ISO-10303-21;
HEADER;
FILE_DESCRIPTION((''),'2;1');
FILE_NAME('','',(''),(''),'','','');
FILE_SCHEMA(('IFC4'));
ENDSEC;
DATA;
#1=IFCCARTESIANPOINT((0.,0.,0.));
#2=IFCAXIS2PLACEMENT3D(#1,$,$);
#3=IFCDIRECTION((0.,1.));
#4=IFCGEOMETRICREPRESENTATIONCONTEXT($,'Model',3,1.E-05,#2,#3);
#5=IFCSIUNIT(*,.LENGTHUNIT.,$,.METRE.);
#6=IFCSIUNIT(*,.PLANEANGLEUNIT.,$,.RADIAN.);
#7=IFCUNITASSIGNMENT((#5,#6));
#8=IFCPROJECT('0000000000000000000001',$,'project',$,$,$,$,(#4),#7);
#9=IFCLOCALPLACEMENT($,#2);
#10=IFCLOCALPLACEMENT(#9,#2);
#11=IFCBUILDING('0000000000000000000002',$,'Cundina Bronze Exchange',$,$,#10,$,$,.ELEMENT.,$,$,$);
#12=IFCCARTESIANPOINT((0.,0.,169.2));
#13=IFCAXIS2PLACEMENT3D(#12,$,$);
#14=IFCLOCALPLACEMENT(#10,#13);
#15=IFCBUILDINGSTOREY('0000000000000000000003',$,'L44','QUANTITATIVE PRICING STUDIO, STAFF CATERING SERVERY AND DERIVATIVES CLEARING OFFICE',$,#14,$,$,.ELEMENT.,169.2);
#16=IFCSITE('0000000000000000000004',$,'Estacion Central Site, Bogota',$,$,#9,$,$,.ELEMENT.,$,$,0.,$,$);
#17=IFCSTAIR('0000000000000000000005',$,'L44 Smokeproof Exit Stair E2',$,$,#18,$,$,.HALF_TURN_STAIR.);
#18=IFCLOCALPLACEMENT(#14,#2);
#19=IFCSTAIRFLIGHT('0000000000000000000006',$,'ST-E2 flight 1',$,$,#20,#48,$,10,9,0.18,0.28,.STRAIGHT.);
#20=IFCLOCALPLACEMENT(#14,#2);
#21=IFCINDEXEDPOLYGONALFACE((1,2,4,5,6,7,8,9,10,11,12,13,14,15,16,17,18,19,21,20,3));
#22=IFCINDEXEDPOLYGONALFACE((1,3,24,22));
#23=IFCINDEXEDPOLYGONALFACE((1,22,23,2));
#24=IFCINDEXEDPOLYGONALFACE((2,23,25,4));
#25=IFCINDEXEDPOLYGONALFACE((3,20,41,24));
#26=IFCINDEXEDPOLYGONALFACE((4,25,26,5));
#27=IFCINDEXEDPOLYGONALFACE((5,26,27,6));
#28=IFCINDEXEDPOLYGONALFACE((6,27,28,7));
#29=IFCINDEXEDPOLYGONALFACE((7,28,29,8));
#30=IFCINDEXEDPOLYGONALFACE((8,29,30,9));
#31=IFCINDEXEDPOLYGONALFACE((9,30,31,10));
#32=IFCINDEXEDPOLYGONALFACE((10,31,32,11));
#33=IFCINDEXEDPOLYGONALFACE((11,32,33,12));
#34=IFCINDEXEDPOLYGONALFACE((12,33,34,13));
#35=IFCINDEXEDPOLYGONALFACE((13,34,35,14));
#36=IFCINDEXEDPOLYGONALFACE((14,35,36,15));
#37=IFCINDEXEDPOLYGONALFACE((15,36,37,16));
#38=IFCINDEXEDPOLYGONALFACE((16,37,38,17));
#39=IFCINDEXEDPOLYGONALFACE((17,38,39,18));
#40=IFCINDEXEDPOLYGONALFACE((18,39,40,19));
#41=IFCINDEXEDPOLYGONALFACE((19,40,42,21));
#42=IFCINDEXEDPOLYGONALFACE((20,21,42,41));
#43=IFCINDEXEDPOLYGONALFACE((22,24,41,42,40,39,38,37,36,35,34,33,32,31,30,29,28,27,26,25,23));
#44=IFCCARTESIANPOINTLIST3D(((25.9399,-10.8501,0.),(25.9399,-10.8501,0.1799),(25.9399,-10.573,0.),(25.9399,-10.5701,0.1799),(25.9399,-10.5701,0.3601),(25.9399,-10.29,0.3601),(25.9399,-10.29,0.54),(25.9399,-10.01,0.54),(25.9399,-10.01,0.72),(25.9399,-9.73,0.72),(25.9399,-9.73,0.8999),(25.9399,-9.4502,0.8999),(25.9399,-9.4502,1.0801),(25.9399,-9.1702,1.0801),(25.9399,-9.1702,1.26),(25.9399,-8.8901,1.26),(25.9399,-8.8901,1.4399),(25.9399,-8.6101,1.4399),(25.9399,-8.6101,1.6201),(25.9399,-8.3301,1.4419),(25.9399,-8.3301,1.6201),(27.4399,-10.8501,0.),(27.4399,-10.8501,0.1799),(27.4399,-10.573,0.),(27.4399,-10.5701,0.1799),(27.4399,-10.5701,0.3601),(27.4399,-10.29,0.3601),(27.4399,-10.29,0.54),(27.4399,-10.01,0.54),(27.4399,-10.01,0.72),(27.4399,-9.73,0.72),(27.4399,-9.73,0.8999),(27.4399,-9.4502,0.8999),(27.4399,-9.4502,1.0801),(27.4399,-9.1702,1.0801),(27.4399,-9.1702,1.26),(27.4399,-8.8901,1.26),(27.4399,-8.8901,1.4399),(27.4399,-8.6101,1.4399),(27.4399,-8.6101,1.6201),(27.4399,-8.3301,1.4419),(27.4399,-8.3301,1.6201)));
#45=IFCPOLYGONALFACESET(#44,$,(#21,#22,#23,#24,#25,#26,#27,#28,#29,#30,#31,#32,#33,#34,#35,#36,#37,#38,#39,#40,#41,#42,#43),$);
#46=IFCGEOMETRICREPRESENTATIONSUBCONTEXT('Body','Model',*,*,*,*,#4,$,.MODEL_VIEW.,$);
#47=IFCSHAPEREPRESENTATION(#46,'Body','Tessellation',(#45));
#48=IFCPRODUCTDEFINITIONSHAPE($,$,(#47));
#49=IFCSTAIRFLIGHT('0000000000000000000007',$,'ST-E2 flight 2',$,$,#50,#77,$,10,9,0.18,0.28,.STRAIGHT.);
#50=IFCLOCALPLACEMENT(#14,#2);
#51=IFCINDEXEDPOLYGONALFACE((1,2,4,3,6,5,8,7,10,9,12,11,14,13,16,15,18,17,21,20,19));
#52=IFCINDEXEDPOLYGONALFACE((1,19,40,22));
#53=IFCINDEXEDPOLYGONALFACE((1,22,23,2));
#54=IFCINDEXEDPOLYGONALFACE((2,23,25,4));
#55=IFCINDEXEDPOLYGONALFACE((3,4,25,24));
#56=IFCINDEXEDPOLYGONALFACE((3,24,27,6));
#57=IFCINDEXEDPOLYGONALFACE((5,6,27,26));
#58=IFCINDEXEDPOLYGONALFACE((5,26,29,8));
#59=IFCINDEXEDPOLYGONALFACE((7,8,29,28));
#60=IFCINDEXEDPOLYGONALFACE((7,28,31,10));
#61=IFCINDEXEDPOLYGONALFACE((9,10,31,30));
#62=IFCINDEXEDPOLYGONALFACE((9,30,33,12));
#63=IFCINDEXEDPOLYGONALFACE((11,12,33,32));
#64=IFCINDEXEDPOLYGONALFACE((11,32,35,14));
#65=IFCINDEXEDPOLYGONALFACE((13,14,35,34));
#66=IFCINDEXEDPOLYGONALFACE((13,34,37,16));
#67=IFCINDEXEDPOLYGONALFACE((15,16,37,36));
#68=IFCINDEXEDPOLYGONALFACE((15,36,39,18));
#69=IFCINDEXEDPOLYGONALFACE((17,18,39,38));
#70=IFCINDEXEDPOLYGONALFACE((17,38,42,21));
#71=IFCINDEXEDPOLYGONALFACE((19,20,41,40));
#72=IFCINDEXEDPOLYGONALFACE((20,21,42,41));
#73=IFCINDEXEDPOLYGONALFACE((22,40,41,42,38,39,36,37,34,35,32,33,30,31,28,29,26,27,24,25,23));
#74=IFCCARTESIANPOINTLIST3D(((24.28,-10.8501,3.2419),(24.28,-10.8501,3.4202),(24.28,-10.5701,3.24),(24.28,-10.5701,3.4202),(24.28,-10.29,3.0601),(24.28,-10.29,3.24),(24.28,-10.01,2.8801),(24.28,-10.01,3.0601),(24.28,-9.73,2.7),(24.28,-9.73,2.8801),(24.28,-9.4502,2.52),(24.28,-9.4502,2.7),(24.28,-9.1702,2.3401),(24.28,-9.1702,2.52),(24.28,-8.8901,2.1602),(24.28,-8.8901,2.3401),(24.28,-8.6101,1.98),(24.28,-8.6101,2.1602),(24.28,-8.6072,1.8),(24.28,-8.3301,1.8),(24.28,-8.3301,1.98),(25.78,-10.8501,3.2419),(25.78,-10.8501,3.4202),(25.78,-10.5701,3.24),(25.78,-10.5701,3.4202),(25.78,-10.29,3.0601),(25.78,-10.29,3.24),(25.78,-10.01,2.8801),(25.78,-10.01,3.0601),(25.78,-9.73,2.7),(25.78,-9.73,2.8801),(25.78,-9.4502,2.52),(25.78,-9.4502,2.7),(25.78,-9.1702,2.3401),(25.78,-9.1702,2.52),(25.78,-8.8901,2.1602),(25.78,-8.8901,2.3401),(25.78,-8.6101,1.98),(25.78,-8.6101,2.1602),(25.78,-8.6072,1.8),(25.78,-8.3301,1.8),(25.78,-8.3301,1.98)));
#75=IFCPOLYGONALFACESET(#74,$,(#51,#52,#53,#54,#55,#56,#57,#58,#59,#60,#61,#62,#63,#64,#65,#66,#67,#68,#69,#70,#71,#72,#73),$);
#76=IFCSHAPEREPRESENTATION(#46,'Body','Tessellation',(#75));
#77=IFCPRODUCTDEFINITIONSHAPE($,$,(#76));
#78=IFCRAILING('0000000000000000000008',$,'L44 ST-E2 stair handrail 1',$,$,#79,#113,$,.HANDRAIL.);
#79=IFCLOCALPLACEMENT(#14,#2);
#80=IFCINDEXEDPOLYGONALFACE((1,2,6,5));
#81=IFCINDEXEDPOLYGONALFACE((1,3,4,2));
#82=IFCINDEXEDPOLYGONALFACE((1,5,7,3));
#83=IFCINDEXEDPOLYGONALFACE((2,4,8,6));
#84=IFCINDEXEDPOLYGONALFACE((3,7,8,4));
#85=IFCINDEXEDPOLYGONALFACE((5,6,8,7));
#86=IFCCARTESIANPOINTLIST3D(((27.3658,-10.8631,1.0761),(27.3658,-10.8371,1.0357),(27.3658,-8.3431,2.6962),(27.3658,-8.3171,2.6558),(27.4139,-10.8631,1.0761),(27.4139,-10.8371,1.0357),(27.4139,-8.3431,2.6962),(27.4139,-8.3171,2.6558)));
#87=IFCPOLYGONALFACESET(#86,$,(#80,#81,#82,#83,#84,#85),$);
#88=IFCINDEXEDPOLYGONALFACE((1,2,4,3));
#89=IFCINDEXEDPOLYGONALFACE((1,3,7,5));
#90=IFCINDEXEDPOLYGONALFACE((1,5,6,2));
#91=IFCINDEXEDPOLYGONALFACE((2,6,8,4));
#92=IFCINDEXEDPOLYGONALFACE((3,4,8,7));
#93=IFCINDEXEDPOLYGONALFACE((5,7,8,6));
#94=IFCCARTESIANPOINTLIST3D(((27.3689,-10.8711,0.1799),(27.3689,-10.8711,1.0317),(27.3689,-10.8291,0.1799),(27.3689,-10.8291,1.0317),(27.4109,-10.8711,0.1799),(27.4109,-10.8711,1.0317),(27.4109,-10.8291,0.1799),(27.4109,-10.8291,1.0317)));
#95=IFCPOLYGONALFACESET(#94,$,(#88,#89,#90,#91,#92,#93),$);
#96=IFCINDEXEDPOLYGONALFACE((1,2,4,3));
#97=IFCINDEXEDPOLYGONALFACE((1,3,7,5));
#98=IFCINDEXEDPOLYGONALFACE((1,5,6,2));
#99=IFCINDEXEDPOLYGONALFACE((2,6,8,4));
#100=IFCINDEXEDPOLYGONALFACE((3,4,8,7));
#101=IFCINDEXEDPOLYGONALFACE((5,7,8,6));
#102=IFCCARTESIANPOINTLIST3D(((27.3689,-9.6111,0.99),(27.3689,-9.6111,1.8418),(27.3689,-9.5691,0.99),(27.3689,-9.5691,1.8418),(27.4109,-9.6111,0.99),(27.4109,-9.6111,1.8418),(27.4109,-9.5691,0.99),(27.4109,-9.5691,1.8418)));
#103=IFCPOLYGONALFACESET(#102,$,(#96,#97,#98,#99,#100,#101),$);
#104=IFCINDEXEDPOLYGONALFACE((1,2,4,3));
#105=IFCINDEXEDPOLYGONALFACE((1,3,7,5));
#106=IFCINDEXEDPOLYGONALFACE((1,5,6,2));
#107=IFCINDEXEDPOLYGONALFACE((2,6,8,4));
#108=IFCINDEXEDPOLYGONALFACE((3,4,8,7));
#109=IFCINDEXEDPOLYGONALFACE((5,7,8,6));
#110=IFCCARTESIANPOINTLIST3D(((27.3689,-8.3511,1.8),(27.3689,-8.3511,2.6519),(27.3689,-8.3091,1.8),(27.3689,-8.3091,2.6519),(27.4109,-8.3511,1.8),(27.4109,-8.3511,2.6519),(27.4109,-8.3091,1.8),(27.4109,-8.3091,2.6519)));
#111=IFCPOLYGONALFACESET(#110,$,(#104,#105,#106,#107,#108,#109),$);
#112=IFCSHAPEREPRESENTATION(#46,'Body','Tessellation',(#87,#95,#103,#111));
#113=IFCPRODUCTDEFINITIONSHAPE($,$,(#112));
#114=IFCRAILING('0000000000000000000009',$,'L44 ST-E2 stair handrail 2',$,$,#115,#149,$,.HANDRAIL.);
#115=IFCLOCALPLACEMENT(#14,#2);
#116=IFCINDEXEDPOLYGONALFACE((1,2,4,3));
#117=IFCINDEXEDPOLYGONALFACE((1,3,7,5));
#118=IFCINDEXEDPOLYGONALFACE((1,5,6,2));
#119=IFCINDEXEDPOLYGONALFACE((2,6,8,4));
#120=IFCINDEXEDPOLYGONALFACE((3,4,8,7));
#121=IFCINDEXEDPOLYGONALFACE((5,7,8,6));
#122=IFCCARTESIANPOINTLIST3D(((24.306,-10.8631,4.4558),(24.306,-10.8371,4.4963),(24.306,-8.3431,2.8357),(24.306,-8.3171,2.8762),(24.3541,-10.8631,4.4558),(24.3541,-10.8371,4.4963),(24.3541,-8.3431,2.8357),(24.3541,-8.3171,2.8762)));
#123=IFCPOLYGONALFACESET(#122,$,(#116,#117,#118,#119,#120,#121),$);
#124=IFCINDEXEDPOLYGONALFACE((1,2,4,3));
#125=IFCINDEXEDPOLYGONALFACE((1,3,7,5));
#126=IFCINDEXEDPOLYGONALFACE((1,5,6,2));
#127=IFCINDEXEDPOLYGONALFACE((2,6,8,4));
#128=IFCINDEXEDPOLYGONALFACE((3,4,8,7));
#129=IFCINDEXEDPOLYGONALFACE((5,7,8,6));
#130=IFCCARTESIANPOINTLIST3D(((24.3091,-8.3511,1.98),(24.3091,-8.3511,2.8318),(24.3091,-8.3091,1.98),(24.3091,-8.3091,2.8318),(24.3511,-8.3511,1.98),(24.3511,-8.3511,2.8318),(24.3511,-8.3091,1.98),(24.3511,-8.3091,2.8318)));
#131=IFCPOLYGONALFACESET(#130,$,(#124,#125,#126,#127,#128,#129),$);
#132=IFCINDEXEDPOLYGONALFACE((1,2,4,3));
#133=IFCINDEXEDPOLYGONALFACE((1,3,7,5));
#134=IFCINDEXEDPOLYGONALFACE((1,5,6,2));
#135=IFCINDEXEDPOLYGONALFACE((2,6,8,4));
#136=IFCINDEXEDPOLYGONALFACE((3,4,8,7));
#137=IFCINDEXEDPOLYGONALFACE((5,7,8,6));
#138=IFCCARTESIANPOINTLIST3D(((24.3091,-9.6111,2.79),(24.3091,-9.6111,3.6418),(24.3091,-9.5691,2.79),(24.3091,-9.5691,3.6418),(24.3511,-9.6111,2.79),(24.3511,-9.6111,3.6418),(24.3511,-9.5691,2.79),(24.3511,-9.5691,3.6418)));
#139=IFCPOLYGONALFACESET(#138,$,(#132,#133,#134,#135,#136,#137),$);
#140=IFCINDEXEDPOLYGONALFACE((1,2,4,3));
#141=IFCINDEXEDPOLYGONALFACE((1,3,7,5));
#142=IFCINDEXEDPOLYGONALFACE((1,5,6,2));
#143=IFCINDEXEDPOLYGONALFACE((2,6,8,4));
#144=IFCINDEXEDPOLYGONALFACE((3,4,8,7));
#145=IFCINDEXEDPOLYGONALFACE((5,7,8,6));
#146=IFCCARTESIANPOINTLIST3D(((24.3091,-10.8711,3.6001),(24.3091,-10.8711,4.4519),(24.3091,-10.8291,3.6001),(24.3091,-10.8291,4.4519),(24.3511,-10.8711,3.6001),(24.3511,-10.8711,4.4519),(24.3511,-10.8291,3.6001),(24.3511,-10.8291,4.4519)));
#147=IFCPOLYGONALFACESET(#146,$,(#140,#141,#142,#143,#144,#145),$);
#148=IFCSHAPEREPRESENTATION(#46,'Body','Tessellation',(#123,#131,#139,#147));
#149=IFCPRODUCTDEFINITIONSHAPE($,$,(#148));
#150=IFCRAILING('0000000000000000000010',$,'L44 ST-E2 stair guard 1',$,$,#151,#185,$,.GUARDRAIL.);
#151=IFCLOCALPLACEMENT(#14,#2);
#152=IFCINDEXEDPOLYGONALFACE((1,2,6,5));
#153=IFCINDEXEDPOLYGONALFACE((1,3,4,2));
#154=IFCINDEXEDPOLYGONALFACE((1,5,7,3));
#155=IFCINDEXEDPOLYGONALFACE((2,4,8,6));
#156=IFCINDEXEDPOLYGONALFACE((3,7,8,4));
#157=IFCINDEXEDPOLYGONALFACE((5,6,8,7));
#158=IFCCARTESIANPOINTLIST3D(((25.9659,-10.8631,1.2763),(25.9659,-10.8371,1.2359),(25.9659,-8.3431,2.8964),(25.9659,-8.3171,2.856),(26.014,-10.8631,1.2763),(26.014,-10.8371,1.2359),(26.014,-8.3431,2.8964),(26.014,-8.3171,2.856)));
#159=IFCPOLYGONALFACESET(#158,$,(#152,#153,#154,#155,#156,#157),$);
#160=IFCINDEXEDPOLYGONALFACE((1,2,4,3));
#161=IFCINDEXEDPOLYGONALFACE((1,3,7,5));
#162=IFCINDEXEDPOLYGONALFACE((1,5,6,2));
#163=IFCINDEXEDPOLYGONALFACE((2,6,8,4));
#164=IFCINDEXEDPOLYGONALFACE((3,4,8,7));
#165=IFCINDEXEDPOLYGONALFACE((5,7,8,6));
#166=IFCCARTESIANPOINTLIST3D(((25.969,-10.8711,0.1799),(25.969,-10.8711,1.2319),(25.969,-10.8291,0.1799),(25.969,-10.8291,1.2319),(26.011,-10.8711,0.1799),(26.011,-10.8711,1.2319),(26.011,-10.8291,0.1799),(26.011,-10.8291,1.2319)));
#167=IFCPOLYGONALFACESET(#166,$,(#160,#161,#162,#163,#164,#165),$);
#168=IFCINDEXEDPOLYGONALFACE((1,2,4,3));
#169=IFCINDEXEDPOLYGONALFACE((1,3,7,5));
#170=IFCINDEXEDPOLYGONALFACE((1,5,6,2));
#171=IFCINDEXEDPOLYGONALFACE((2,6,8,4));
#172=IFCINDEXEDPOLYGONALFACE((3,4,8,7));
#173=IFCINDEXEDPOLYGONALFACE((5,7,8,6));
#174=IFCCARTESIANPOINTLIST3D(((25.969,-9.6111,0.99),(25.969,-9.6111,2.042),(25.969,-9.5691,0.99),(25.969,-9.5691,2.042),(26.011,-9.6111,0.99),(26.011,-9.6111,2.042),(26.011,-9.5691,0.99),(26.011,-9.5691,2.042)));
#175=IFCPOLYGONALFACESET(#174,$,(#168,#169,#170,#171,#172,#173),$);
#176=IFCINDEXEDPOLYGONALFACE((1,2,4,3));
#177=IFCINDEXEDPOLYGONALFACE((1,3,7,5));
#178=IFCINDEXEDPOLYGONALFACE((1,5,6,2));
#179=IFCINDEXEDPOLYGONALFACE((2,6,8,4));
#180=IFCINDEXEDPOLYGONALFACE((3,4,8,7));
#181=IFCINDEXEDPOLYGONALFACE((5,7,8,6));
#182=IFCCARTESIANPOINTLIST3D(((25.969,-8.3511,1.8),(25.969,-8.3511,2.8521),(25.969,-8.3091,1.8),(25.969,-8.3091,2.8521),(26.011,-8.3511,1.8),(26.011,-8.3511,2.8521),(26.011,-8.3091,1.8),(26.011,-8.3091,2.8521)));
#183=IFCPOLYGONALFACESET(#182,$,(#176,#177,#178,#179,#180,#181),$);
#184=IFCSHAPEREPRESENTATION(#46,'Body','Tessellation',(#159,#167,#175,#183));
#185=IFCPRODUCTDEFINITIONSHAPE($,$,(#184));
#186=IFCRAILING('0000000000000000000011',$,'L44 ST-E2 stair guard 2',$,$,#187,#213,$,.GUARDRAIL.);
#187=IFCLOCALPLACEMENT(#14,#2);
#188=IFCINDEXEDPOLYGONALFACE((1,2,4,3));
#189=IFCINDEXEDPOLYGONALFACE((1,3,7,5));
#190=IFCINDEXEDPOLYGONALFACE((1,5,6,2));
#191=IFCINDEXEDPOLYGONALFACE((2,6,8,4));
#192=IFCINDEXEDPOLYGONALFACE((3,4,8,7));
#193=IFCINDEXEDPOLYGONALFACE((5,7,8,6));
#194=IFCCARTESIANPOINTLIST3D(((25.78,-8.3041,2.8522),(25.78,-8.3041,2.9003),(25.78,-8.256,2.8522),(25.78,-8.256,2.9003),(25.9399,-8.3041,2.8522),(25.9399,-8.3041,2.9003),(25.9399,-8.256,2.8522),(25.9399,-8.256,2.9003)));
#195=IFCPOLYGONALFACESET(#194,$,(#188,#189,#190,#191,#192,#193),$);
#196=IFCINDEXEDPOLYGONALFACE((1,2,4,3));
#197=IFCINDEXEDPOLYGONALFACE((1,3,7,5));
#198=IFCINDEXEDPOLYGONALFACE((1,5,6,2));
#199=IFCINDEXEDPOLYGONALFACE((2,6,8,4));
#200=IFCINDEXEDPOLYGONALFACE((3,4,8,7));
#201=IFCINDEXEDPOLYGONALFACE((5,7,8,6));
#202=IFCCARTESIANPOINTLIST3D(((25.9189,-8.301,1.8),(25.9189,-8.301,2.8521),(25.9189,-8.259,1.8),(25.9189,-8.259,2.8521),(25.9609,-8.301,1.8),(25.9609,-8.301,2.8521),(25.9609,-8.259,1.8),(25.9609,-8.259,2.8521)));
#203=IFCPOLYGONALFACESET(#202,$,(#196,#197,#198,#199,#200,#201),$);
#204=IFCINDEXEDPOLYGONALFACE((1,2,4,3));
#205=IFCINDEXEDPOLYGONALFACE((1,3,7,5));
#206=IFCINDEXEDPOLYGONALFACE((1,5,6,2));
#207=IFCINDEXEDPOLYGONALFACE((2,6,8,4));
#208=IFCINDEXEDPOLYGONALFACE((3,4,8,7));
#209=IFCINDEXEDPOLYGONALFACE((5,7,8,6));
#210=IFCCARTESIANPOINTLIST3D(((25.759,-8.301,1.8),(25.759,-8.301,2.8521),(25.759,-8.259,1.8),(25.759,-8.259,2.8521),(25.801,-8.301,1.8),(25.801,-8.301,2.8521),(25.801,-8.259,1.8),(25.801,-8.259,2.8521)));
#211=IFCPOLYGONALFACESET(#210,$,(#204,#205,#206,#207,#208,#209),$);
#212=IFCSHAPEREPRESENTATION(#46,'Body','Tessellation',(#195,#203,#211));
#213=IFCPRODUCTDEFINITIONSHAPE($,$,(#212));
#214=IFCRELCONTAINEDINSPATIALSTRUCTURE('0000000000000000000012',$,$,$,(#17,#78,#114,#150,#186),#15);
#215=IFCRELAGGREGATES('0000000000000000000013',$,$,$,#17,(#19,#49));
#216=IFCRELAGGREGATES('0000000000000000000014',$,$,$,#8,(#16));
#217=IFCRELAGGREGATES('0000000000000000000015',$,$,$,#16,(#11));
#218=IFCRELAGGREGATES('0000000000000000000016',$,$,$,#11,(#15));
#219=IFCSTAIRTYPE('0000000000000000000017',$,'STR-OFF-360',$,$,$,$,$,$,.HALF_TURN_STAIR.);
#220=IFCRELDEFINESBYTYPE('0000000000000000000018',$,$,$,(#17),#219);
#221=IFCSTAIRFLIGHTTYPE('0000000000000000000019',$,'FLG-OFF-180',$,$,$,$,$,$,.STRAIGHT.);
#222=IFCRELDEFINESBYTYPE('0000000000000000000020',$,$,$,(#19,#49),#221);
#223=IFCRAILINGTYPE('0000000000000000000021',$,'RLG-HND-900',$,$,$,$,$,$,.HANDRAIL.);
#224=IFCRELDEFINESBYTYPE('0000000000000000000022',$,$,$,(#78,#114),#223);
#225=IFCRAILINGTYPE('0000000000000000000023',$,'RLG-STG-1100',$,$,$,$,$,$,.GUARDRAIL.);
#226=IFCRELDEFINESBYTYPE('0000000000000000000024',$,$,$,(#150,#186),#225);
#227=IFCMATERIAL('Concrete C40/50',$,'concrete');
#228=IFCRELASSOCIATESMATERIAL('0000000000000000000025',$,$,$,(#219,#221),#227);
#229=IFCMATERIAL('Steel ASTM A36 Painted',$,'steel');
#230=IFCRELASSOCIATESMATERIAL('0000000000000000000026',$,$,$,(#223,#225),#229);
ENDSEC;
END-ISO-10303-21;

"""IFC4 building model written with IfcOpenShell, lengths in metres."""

from ifc_helpers import new_model, si_unit, direction, frame, origin, origin_2d, place, context, subcontext, project, spatial, polyline, rectangle, outline, extrude, material, type_object, element, aggregate, save


model = new_model("IFC4")

# Units and contexts
model_context = context("Model", 3, precision=1e-05, world=origin(), true_north=direction((0.0, 1.0)))
body_context = subcontext(model_context, "Body", "Model", "MODEL_VIEW")
ifc_project = project(units=[si_unit("LENGTHUNIT", "METRE"), si_unit("PLANEANGLEUNIT", "RADIAN")], contexts=[model_context])

# Site, building, storey
site_placement = place(None, origin())
site = spatial("IfcSite", under=ifc_project, at=site_placement, Name="Estacion Central Site, Bogota", CompositionType="ELEMENT", RefElevation=0.0)
building_placement = place(site_placement, origin())
building = spatial("IfcBuilding", under=site, at=building_placement, Name="Cundina Bronze Exchange", CompositionType="ELEMENT")
storey_placement = place(building_placement, frame((0.0, 0.0, 169.2)))
storey = spatial("IfcBuildingStorey", under=building, at=storey_placement, Name="L44", Description="QUANTITATIVE PRICING STUDIO, STAFF CATERING SERVERY AND DERIVATIVES CLEARING OFFICE", CompositionType="ELEMENT", Elevation=169.2)

# Shared definitions
ifc_material_1 = material(Name="Steel ASTM A36 Painted", Category="steel")

# Stair, stair flights
ifc_material_2 = material(Name="Concrete C40/50", Category="concrete")
stair_type = type_object("IfcStairType", Name="STR-OFF-360", PredefinedType="HALF_TURN_STAIR", material=ifc_material_2)
stair_placement = place(storey_placement, origin())
stair = element("IfcStair", 1, at=stair_placement, inside=storey, type_object=stair_type, Name="L44 Smokeproof Exit Stair E2", PredefinedType="HALF_TURN_STAIR")
stair_flight_type = type_object("IfcStairFlightType", Name="FLG-OFF-180", PredefinedType="STRAIGHT", material=ifc_material_2)
stair_flight_1_placement = place(storey_placement, frame((26.6899, -10.8501, 0.0), z_axis=(0.0, 0.0, 1.0), x_axis=(0.0, 1.0, 0.0)))
stair_flight_1 = element("IfcStairFlight", 2, at=stair_flight_1_placement, type_object=stair_flight_type, Name="ST-E2 flight 1", NumberOfRisers=10, NumberOfTreads=9, PredefinedType="STRAIGHT", RiserHeight=0.18, TreadLength=0.28, context=body_context, shape_type="SweptSolid", body=[
    extrude(outline(polyline([(0.0, 0.0), (0.0, 0.1799), (0.28, 0.1799), (0.28, 0.3601), (0.5601, 0.3601), (0.5601, 0.54), (0.8401, 0.54), (0.8401, 0.72), (1.1201, 0.72), (1.1201, 0.8999), (1.3999, 0.8999), (1.3999, 1.0801), (1.6799, 1.0801), (1.6799, 1.26), (1.96, 1.26), (1.96, 1.4399), (2.24, 1.4399), (2.24, 1.6201), (2.52, 1.6201), (2.52, 1.8), (2.52, 1.4419), (0.2771, 0.0), (0.0, 0.0)])), frame((0.0, 0.75, 0.0), z_axis=(0.0, -1.0, 0.0), x_axis=(1.0, 0.0, 0.0)), (0.0, 0.0, 1.0), 1.5),
])
stair_flight_2_placement = place(storey_placement, frame((25.03, -8.3301, 1.8), z_axis=(0.0, 0.0, 1.0), x_axis=(0.0, -1.0, 0.0)))
stair_flight_2 = element("IfcStairFlight", 3, at=stair_flight_2_placement, type_object=stair_flight_type, Name="ST-E2 flight 2", NumberOfRisers=10, NumberOfTreads=9, PredefinedType="STRAIGHT", RiserHeight=0.18, TreadLength=0.28, context=body_context, shape_type="SweptSolid", body=[
    extrude(outline(polyline([(0.0, 0.0), (0.0, 0.1799), (0.28, 0.1799), (0.28, 0.3601), (0.5601, 0.3601), (0.5601, 0.54), (0.8401, 0.54), (0.8401, 0.72), (1.1201, 0.72), (1.1201, 0.8999), (1.3999, 0.8999), (1.3999, 1.0801), (1.6799, 1.0801), (1.6799, 1.26), (1.96, 1.26), (1.96, 1.4399), (2.24, 1.4399), (2.24, 1.6201), (2.52, 1.6201), (2.52, 1.8), (2.52, 1.4419), (0.2771, 0.0), (0.0, 0.0)])), frame((0.0, 0.75, 0.0), z_axis=(0.0, -1.0, 0.0), x_axis=(1.0, 0.0, 0.0)), (0.0, 0.0, 1.0), 1.5),
])
aggregate(stair, [stair_flight_1, stair_flight_2])

# Railings
railing_type_1 = type_object("IfcRailingType", Name="RLG-HND-900", PredefinedType="HANDRAIL", material=ifc_material_1)
railing_1_placement = place(storey_placement, frame((27.3899, -10.8501, 0.1799)))
element("IfcRailing", 4, at=railing_1_placement, inside=storey, type_object=railing_type_1, Name="L44 ST-E2 stair handrail 1", PredefinedType="HANDRAIL", context=body_context, shape_type="SweptSolid", body=[
    extrude(rectangle(XDim=0.0481, YDim=0.0481, at=origin_2d()), frame((0.0, 0.0, 0.876), z_axis=(0.0, 0.841163, 0.540782), x_axis=(-1.0, 0.0, 0.0)), (0.0, 0.0, 1.0), 2.9958),
    extrude(rectangle(XDim=0.042, YDim=0.042, at=origin_2d()), origin(), (0.0, 0.0, 1.0), 0.8518),
    extrude(rectangle(XDim=0.042, YDim=0.042, at=origin_2d()), frame((0.0, 1.26, 0.8101)), (0.0, 0.0, 1.0), 0.8518),
    extrude(rectangle(XDim=0.042, YDim=0.042, at=origin_2d()), frame((0.0, 2.52, 1.6201)), (0.0, 0.0, 1.0), 0.8518),
])
railing_2_placement = place(storey_placement, frame((24.3301, -8.3301, 1.98)))
element("IfcRailing", 5, at=railing_2_placement, inside=storey, type_object=railing_type_1, Name="L44 ST-E2 stair handrail 2", PredefinedType="HANDRAIL", context=body_context, shape_type="SweptSolid", body=[
    extrude(rectangle(XDim=0.0481, YDim=0.0481, at=origin_2d()), frame((0.0, 0.0, 0.876), z_axis=(0.0, -0.841163, 0.540782), x_axis=(1.0, 0.0, 0.0)), (0.0, 0.0, 1.0), 2.9958),
    extrude(rectangle(XDim=0.042, YDim=0.042, at=origin_2d()), origin(), (0.0, 0.0, 1.0), 0.8518),
    extrude(rectangle(XDim=0.042, YDim=0.042, at=origin_2d()), frame((0.0, -1.26, 0.8101)), (0.0, 0.0, 1.0), 0.8518),
    extrude(rectangle(XDim=0.042, YDim=0.042, at=origin_2d()), frame((0.0, -2.52, 1.6201)), (0.0, 0.0, 1.0), 0.8518),
])
railing_type_2 = type_object("IfcRailingType", Name="RLG-STG-1100", PredefinedType="GUARDRAIL", material=ifc_material_1)
railing_3_placement = place(storey_placement, frame((25.99, -10.8501, 0.1799)))
element("IfcRailing", 6, at=railing_3_placement, inside=storey, type_object=railing_type_2, Name="L44 ST-E2 stair guard 1", PredefinedType="GUARDRAIL", context=body_context, shape_type="SweptSolid", body=[
    extrude(rectangle(XDim=0.0481, YDim=0.0481, at=origin_2d()), frame((0.0, 0.0, 1.0762), z_axis=(0.0, 0.841163, 0.540782), x_axis=(-1.0, 0.0, 0.0)), (0.0, 0.0, 1.0), 2.9958),
    extrude(rectangle(XDim=0.042, YDim=0.042, at=origin_2d()), origin(), (0.0, 0.0, 1.0), 1.052),
    extrude(rectangle(XDim=0.042, YDim=0.042, at=origin_2d()), frame((0.0, 1.26, 0.8101)), (0.0, 0.0, 1.0), 1.052),
    extrude(rectangle(XDim=0.042, YDim=0.042, at=origin_2d()), frame((0.0, 2.52, 1.6201)), (0.0, 0.0, 1.0), 1.052),
])
railing_4_placement = place(storey_placement, frame((25.9399, -8.28, 1.8)))
element("IfcRailing", 7, at=railing_4_placement, inside=storey, type_object=railing_type_2, Name="L44 ST-E2 stair guard 2", PredefinedType="GUARDRAIL", context=body_context, shape_type="SweptSolid", body=[
    extrude(rectangle(XDim=0.0481, YDim=0.0481, at=origin_2d()), frame((0.0, 0.0, 1.0762), z_axis=(-1.0, 0.0, 0.0), x_axis=(0.0, -1.0, 0.0)), (0.0, 0.0, 1.0), 0.1599),
    extrude(rectangle(XDim=0.042, YDim=0.042, at=origin_2d()), origin(), (0.0, 0.0, 1.0), 1.052),
    extrude(rectangle(XDim=0.042, YDim=0.042, at=origin_2d()), frame((-0.1599, 0.0, 0.0)), (0.0, 0.0, 1.0), 1.052),
])

save(model, "model.ifc")
